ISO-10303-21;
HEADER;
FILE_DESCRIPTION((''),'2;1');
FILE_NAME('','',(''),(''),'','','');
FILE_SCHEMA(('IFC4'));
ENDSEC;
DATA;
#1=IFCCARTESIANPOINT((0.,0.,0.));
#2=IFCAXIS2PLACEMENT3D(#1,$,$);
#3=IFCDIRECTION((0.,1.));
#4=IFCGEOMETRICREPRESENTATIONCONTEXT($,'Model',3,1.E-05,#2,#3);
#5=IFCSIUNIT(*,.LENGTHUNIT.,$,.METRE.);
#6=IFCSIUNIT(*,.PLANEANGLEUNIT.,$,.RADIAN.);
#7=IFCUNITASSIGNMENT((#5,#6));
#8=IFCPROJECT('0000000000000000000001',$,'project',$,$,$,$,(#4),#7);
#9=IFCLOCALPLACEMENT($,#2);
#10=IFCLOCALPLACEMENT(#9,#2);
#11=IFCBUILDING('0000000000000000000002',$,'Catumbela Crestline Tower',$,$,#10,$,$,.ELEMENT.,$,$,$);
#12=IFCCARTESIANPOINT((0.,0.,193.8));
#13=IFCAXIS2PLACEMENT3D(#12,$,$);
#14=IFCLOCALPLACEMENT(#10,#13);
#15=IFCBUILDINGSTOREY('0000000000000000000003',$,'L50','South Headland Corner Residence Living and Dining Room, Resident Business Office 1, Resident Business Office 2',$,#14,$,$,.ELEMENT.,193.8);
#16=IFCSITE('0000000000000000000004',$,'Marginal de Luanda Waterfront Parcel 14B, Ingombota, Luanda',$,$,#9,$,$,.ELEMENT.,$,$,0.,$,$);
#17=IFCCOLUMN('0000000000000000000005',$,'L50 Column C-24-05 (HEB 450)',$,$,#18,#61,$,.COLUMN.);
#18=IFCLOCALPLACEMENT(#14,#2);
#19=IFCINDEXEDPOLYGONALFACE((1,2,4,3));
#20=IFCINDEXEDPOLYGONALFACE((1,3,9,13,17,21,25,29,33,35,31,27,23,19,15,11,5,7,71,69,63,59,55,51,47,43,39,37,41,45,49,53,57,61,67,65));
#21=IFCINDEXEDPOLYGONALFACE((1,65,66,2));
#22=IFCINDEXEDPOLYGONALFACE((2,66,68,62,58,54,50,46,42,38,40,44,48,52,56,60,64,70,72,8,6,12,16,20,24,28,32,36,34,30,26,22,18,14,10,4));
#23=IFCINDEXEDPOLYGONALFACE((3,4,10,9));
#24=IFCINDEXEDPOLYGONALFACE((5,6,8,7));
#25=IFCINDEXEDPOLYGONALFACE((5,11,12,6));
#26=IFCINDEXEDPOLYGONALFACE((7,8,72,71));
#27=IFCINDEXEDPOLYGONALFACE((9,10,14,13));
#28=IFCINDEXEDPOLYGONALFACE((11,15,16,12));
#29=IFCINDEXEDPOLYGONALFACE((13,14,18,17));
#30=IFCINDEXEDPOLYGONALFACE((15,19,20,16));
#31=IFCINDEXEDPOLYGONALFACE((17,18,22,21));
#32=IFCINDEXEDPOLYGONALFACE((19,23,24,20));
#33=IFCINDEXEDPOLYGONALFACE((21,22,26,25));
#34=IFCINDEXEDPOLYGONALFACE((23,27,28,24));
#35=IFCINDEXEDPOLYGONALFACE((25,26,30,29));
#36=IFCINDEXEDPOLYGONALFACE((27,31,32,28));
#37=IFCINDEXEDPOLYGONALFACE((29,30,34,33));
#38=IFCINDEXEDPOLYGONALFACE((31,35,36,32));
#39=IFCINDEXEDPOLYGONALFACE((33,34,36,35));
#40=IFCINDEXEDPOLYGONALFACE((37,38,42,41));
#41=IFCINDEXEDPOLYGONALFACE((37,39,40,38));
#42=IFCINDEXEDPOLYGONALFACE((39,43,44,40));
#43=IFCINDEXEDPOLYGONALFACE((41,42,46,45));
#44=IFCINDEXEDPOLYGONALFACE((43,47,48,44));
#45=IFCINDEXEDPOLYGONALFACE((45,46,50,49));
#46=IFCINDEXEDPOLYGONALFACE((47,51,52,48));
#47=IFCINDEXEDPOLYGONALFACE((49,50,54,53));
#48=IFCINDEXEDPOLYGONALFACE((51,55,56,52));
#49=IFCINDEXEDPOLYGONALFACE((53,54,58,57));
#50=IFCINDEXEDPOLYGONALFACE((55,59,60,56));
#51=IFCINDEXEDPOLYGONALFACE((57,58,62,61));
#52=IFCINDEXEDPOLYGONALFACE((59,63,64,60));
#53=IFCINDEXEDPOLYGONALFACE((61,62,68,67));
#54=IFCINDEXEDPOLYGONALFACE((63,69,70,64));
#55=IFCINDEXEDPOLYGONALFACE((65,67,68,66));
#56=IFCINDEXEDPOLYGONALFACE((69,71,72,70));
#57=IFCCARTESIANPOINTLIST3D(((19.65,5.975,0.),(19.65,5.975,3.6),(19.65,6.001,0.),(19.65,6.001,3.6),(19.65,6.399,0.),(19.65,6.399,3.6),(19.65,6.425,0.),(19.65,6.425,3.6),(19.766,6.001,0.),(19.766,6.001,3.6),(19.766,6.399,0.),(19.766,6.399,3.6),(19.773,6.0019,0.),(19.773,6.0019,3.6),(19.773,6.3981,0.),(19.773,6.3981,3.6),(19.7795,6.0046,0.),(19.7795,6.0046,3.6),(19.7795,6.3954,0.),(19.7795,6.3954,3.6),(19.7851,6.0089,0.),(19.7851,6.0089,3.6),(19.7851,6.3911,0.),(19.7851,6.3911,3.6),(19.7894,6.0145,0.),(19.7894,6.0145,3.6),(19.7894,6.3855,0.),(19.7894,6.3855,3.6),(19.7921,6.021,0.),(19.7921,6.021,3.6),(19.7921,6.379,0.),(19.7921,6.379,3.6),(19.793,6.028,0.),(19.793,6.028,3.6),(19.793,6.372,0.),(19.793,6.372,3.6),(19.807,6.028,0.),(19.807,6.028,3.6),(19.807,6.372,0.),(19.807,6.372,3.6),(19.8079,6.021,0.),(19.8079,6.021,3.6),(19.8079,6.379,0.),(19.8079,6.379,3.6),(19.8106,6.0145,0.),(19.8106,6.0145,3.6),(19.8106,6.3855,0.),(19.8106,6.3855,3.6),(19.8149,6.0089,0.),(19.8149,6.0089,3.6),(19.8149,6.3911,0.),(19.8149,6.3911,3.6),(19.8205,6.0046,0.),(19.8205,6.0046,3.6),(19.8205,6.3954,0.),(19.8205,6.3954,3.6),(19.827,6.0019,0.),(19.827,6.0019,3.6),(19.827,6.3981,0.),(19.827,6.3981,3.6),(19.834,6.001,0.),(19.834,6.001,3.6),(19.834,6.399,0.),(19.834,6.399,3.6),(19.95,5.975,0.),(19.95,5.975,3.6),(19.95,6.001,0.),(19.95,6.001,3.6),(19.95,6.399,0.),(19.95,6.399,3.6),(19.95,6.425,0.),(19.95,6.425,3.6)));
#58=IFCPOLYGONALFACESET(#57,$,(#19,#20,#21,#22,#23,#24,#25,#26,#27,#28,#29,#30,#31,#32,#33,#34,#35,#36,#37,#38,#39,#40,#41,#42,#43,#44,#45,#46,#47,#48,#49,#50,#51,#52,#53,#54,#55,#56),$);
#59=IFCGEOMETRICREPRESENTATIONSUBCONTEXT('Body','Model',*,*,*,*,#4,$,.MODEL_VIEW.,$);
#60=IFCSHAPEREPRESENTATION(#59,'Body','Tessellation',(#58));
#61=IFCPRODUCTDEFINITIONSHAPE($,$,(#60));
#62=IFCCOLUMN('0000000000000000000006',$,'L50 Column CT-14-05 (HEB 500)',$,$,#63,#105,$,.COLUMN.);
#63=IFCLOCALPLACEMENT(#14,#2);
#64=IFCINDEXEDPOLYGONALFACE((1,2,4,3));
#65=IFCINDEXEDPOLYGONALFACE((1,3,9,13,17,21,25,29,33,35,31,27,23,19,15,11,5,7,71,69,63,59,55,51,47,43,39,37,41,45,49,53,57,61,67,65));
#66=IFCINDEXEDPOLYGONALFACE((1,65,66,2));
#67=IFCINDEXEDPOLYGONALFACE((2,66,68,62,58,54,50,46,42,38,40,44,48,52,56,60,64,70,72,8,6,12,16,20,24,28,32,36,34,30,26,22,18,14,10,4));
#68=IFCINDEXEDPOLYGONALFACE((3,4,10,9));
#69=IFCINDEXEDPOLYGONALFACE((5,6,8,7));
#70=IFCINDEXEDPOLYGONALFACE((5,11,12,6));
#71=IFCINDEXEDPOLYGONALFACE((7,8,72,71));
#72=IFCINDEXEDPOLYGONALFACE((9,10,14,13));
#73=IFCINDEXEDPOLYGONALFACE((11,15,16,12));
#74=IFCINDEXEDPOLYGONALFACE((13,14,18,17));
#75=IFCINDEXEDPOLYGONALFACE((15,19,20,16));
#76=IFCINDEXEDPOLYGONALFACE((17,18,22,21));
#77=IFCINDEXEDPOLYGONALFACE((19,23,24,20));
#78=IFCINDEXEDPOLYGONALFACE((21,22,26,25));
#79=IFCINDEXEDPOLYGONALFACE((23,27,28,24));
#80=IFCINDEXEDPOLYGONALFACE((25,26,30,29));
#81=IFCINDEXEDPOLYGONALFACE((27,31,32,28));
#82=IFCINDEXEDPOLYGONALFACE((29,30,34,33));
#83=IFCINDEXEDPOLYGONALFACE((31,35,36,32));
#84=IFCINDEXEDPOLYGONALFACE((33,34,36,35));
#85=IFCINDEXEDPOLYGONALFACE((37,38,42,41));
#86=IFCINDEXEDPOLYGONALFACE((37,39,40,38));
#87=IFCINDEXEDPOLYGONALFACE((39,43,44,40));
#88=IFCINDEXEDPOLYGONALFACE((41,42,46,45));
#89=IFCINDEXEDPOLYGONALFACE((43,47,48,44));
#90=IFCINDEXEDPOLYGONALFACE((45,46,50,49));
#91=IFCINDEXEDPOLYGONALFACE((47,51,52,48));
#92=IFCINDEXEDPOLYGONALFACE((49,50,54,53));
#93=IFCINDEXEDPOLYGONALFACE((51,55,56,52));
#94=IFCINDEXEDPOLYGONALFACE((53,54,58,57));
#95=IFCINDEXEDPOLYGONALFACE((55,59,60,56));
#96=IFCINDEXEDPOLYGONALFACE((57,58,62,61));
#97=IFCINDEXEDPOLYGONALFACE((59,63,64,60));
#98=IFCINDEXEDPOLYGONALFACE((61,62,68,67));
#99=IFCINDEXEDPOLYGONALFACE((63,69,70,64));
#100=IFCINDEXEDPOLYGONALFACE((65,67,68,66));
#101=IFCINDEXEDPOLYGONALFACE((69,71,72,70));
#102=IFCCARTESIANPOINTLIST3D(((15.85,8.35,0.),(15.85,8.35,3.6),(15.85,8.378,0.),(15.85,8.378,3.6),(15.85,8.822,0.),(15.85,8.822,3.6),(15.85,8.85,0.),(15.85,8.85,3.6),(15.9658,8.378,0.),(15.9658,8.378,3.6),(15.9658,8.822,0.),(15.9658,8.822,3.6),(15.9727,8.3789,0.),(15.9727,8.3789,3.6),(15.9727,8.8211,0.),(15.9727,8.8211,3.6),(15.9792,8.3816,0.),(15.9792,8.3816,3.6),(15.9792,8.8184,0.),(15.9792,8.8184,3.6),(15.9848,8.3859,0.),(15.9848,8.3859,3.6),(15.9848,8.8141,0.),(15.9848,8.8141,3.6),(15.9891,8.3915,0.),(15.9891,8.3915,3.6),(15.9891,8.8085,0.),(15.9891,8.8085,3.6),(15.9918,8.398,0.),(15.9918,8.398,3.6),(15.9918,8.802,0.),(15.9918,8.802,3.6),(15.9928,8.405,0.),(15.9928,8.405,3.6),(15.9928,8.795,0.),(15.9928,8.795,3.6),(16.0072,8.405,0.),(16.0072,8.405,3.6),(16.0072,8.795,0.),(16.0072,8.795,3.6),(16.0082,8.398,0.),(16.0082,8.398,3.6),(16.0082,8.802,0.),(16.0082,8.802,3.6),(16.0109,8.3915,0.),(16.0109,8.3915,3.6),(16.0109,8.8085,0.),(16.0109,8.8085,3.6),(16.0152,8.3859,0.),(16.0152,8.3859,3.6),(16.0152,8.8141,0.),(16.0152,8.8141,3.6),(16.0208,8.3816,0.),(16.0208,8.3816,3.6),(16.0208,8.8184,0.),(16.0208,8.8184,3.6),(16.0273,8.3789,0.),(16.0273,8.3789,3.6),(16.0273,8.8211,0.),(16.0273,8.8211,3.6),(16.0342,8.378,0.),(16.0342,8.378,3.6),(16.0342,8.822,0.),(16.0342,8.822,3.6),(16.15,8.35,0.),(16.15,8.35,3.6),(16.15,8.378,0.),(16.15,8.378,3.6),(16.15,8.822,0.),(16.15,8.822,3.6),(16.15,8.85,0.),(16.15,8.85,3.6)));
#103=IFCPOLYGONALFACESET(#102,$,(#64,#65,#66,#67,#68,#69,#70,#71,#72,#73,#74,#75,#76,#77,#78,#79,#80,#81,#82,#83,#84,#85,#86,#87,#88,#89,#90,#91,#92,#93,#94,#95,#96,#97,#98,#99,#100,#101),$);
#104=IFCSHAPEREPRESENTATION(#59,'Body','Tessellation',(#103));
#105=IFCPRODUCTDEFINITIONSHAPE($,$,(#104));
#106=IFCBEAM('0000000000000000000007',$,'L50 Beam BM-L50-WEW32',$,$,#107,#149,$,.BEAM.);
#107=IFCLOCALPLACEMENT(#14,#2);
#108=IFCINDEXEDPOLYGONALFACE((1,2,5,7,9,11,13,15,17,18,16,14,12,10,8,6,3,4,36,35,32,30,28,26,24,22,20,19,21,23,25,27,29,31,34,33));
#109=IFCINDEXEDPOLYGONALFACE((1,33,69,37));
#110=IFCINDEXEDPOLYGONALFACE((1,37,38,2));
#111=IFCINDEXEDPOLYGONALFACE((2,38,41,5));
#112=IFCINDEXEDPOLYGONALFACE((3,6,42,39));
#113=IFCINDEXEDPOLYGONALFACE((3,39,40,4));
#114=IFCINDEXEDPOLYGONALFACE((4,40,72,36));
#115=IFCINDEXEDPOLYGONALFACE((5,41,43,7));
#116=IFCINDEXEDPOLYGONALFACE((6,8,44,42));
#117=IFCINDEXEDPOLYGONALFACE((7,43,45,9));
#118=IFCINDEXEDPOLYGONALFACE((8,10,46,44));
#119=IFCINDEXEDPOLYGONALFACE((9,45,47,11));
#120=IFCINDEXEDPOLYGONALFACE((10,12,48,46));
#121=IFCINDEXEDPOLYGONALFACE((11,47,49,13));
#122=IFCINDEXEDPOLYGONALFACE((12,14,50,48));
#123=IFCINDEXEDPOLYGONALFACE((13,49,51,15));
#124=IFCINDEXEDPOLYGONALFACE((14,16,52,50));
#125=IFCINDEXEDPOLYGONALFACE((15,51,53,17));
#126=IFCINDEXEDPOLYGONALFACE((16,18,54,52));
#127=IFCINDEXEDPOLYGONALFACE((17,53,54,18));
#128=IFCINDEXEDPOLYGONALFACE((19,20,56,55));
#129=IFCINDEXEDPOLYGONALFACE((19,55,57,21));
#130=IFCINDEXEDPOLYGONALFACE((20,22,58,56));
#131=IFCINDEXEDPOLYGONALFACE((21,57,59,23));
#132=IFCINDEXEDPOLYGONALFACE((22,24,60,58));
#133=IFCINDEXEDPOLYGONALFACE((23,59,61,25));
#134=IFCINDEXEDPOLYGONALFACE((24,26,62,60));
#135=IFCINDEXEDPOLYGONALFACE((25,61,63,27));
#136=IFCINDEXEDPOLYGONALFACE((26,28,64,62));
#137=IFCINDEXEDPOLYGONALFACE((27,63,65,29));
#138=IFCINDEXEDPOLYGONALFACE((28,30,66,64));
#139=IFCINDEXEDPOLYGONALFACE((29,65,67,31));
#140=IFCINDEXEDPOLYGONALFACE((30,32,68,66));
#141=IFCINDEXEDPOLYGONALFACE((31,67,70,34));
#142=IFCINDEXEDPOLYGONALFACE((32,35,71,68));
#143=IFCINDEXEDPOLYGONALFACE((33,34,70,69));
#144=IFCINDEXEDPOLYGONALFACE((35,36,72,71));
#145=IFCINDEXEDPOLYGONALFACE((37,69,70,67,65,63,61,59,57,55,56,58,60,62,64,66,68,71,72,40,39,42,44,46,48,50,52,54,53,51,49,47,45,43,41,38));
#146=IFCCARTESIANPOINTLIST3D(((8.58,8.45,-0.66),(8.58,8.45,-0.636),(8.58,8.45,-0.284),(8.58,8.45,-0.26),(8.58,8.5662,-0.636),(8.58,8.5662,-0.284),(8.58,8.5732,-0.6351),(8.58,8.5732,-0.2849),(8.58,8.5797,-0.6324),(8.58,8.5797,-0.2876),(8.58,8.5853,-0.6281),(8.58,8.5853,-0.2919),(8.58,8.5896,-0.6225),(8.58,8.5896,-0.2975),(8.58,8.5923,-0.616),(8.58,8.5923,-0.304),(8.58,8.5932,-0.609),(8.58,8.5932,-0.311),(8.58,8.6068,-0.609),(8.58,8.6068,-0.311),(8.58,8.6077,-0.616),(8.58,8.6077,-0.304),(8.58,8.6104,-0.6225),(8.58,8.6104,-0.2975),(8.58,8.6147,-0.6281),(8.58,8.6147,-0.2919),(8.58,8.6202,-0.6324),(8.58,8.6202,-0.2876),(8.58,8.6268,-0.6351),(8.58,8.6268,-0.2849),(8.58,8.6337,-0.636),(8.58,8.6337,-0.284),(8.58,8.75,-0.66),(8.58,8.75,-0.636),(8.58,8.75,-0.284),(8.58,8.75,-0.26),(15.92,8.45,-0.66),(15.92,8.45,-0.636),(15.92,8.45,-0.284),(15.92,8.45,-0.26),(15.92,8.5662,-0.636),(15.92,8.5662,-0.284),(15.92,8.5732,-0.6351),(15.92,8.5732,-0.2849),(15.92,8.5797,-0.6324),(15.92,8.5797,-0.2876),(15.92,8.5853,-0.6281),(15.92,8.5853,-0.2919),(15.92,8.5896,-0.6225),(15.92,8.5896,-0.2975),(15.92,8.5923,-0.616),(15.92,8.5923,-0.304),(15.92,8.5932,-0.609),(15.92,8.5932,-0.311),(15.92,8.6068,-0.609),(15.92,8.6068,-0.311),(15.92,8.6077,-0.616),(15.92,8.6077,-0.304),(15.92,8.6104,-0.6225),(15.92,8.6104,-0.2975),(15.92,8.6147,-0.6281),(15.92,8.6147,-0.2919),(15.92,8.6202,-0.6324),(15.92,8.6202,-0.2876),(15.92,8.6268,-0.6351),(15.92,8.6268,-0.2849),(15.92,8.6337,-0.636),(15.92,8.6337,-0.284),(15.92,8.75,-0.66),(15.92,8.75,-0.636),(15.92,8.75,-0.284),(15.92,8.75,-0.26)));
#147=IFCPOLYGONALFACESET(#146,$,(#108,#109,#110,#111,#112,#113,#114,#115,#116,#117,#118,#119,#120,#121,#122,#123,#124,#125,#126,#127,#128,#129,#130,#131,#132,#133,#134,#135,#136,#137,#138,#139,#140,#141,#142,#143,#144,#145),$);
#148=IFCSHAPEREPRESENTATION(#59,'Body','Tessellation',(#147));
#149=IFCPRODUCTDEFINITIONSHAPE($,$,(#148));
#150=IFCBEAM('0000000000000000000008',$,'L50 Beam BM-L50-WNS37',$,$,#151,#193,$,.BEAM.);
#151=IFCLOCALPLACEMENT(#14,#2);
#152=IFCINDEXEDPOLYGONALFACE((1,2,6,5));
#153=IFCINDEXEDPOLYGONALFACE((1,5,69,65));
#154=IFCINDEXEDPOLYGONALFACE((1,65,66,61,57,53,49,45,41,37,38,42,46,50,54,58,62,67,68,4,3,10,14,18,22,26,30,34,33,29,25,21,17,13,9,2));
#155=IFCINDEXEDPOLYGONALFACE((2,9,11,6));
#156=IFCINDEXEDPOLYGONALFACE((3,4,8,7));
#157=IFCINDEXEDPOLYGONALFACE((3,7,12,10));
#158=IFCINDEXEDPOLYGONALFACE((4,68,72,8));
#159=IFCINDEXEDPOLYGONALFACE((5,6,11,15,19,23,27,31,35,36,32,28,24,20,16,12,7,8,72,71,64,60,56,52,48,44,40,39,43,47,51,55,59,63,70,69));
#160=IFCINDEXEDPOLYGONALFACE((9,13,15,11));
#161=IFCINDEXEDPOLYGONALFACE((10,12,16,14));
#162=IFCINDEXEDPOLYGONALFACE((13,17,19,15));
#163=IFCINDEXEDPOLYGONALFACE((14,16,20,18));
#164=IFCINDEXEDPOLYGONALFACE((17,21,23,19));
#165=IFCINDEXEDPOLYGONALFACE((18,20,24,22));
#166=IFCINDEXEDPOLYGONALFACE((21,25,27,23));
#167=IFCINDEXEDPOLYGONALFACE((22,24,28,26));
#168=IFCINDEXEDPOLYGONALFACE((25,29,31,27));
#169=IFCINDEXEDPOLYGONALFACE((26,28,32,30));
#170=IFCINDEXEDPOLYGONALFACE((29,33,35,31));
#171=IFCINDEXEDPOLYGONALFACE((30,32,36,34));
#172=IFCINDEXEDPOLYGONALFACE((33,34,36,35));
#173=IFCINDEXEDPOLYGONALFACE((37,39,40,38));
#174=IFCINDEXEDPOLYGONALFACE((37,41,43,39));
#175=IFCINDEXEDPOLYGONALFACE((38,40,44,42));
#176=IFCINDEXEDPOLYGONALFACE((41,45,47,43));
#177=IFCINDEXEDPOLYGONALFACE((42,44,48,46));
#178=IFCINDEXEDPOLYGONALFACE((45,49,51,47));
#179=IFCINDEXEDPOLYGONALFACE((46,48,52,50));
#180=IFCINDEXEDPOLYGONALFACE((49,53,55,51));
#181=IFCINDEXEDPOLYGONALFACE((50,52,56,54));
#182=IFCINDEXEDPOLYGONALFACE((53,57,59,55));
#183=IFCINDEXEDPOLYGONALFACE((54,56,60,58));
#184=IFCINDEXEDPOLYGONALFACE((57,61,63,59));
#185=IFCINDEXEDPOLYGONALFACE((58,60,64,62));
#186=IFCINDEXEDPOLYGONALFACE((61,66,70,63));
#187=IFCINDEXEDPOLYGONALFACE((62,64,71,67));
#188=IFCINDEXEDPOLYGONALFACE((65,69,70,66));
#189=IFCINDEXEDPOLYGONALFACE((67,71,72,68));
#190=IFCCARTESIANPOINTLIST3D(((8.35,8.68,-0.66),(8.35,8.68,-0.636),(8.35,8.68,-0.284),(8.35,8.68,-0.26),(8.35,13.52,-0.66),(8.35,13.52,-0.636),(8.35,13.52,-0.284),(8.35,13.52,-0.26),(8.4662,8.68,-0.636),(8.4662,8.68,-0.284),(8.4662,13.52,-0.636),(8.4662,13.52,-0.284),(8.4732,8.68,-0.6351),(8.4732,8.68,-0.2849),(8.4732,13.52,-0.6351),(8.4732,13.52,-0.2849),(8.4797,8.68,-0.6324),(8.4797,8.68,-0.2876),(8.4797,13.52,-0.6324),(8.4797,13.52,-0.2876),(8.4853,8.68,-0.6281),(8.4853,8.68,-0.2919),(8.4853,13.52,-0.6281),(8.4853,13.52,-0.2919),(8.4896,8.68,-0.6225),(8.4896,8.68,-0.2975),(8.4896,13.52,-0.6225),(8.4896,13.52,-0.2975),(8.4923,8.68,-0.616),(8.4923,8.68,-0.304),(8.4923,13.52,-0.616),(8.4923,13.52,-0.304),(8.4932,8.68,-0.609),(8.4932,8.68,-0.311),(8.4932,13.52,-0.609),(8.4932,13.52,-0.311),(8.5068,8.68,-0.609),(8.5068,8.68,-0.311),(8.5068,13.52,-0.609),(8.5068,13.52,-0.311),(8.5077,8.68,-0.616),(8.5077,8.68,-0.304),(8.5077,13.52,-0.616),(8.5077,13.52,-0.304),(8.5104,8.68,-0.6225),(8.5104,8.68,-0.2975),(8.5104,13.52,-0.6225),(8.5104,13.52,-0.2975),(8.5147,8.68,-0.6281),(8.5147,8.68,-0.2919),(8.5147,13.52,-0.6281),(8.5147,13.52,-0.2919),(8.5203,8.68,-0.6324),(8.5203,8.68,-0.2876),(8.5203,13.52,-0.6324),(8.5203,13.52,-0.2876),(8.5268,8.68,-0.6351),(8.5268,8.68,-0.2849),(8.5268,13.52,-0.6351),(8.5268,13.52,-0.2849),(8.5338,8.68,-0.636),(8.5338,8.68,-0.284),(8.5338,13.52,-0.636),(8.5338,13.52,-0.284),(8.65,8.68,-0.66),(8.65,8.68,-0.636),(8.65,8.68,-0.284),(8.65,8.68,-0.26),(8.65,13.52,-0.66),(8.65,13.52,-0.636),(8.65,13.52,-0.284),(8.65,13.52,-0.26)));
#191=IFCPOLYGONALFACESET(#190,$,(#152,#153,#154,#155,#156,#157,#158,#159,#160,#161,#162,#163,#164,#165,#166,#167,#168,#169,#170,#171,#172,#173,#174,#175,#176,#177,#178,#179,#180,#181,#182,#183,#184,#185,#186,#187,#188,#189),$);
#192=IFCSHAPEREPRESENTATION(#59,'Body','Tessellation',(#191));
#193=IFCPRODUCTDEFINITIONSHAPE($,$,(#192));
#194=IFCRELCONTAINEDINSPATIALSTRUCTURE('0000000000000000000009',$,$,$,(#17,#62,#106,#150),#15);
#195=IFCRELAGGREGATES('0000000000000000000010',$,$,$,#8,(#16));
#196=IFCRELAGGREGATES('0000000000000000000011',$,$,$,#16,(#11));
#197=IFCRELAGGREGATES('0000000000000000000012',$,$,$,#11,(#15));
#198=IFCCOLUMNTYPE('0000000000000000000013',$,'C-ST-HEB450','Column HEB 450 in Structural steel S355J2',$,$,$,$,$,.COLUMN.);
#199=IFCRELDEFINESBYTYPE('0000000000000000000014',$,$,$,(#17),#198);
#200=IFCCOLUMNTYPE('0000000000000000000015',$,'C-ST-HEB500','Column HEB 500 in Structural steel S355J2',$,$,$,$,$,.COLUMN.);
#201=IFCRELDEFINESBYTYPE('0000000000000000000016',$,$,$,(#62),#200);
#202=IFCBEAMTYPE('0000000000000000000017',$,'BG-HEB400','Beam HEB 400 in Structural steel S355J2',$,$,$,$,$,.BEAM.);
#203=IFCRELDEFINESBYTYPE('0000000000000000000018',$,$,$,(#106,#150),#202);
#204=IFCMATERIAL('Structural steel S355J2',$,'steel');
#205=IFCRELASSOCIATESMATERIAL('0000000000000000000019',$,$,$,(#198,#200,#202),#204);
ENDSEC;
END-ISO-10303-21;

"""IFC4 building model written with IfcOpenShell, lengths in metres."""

from ifc_helpers import new_model, si_unit, direction, frame, origin, origin_2d, place, context, subcontext, project, spatial, i_section, extrude, material, material_profile, profile_set, type_object, element, save


model = new_model("IFC4")

# Units and contexts
model_context = context("Model", 3, precision=1e-05, world=origin(), true_north=direction((0.0, 1.0)))
body_context = subcontext(model_context, "Body", "Model", "MODEL_VIEW")
ifc_project = project(units=[si_unit("LENGTHUNIT", "METRE"), si_unit("PLANEANGLEUNIT", "RADIAN")], contexts=[model_context])

# Site, building, storey
site_placement = place(None, origin())
site = spatial("IfcSite", under=ifc_project, at=site_placement, Name="Marginal de Luanda Waterfront Parcel 14B, Ingombota, Luanda", CompositionType="ELEMENT", RefElevation=0.0)
building_placement = place(site_placement, origin())
building = spatial("IfcBuilding", under=site, at=building_placement, Name="Catumbela Crestline Tower", CompositionType="ELEMENT")
storey_placement = place(building_placement, frame((0.0, 0.0, 193.8)))
storey = spatial("IfcBuildingStorey", under=building, at=storey_placement, Name="L50", Description="South Headland Corner Residence Living and Dining Room, Resident Business Office 1, Resident Business Office 2", CompositionType="ELEMENT", Elevation=193.8)

# Columns
ifc_material_1 = material(Name="Structural steel S355J2", Category="steel")
ifc_material_profile_1 = material_profile(ifc_material_1, i_section(OverallWidth=0.3, OverallDepth=0.45, WebThickness=0.014, FlangeThickness=0.026, FilletRadius=0.027, at=origin_2d()), Name="HEB 450")
ifc_profile_set_1 = profile_set([ifc_material_profile_1], Name="Structural steel S355J2")
column_type_1 = type_object("IfcColumnType", Name="C-ST-HEB450", Description="Column HEB 450 in Structural steel S355J2", PredefinedType="COLUMN", material=ifc_profile_set_1)
column_1_placement = place(storey_placement, frame((19.8, 6.2, 0.0), z_axis=(0.0, 0.0, 1.0), x_axis=(1.0, 0.0, 0.0)))
element("IfcColumn", 1, at=column_1_placement, inside=storey, type_object=column_type_1, Name="L50 Column C-24-05 (HEB 450)", PredefinedType="COLUMN", context=body_context, shape_type="SweptSolid", body=[
    extrude(i_section(OverallWidth=0.3, OverallDepth=0.45, WebThickness=0.014, FlangeThickness=0.026, FilletRadius=0.027, at=origin_2d()), origin(), (0.0, 0.0, 1.0), 3.6),
])
ifc_material_profile_2 = material_profile(ifc_material_1, i_section(OverallWidth=0.3, OverallDepth=0.5, WebThickness=0.0145, FlangeThickness=0.028, FilletRadius=0.027, at=origin_2d()), Name="HEB 500")
ifc_profile_set_2 = profile_set([ifc_material_profile_2], Name="Structural steel S355J2")
column_type_2 = type_object("IfcColumnType", Name="C-ST-HEB500", Description="Column HEB 500 in Structural steel S355J2", PredefinedType="COLUMN", material=ifc_profile_set_2)
column_2_placement = place(storey_placement, frame((16.0, 8.6, 0.0), z_axis=(0.0, 0.0, 1.0), x_axis=(1.0, 0.0, 0.0)))
element("IfcColumn", 2, at=column_2_placement, inside=storey, type_object=column_type_2, Name="L50 Column CT-14-05 (HEB 500)", PredefinedType="COLUMN", context=body_context, shape_type="SweptSolid", body=[
    extrude(i_section(OverallWidth=0.3, OverallDepth=0.5, WebThickness=0.0145, FlangeThickness=0.028, FilletRadius=0.027, at=origin_2d()), origin(), (0.0, 0.0, 1.0), 3.6),
])

# Beams
ifc_material_profile_3 = material_profile(ifc_material_1, i_section(OverallWidth=0.3, OverallDepth=0.4, WebThickness=0.0135, FlangeThickness=0.024, FilletRadius=0.027, at=origin_2d()), Name="HEB 400")
ifc_profile_set_3 = profile_set([ifc_material_profile_3], Name="Structural steel S355J2")
beam_type = type_object("IfcBeamType", Name="BG-HEB400", Description="Beam HEB 400 in Structural steel S355J2", PredefinedType="BEAM", material=ifc_profile_set_3)
beam_placement = place(storey_placement, frame((8.58, 8.6, -0.46), z_axis=(1.0, 0.0, 0.0), x_axis=(0.0, 1.0, 0.0)))
element("IfcBeam", 3, at=beam_placement, inside=storey, type_object=beam_type, Name="L50 Beam BM-L50-WEW32", PredefinedType="BEAM", context=body_context, shape_type="SweptSolid", body=[
    extrude(i_section(OverallWidth=0.3, OverallDepth=0.4, WebThickness=0.0135, FlangeThickness=0.024, FilletRadius=0.027, at=origin_2d()), origin(), (0.0, 0.0, 1.0), 7.34),
])
for number, where, z_axis, x_axis, name in (
    (4, (8.5, 8.68, -0.46), (0.0, 1.0, 0.0), (-1.0, 0.0, 0.0), "L50 Beam BM-L50-WNS37"),
):
    element("IfcBeam", number, at=place(storey_placement, frame(where, z_axis=z_axis, x_axis=x_axis)), inside=storey, type_object=beam_type, Name=name, PredefinedType="BEAM", context=body_context, shape_type="SweptSolid", body=[
        extrude(i_section(OverallWidth=0.3, OverallDepth=0.4, WebThickness=0.0135, FlangeThickness=0.024, FilletRadius=0.027, at=origin_2d()), origin(), (0.0, 0.0, 1.0), 4.84),
    ])

save(model, "model.ifc")
